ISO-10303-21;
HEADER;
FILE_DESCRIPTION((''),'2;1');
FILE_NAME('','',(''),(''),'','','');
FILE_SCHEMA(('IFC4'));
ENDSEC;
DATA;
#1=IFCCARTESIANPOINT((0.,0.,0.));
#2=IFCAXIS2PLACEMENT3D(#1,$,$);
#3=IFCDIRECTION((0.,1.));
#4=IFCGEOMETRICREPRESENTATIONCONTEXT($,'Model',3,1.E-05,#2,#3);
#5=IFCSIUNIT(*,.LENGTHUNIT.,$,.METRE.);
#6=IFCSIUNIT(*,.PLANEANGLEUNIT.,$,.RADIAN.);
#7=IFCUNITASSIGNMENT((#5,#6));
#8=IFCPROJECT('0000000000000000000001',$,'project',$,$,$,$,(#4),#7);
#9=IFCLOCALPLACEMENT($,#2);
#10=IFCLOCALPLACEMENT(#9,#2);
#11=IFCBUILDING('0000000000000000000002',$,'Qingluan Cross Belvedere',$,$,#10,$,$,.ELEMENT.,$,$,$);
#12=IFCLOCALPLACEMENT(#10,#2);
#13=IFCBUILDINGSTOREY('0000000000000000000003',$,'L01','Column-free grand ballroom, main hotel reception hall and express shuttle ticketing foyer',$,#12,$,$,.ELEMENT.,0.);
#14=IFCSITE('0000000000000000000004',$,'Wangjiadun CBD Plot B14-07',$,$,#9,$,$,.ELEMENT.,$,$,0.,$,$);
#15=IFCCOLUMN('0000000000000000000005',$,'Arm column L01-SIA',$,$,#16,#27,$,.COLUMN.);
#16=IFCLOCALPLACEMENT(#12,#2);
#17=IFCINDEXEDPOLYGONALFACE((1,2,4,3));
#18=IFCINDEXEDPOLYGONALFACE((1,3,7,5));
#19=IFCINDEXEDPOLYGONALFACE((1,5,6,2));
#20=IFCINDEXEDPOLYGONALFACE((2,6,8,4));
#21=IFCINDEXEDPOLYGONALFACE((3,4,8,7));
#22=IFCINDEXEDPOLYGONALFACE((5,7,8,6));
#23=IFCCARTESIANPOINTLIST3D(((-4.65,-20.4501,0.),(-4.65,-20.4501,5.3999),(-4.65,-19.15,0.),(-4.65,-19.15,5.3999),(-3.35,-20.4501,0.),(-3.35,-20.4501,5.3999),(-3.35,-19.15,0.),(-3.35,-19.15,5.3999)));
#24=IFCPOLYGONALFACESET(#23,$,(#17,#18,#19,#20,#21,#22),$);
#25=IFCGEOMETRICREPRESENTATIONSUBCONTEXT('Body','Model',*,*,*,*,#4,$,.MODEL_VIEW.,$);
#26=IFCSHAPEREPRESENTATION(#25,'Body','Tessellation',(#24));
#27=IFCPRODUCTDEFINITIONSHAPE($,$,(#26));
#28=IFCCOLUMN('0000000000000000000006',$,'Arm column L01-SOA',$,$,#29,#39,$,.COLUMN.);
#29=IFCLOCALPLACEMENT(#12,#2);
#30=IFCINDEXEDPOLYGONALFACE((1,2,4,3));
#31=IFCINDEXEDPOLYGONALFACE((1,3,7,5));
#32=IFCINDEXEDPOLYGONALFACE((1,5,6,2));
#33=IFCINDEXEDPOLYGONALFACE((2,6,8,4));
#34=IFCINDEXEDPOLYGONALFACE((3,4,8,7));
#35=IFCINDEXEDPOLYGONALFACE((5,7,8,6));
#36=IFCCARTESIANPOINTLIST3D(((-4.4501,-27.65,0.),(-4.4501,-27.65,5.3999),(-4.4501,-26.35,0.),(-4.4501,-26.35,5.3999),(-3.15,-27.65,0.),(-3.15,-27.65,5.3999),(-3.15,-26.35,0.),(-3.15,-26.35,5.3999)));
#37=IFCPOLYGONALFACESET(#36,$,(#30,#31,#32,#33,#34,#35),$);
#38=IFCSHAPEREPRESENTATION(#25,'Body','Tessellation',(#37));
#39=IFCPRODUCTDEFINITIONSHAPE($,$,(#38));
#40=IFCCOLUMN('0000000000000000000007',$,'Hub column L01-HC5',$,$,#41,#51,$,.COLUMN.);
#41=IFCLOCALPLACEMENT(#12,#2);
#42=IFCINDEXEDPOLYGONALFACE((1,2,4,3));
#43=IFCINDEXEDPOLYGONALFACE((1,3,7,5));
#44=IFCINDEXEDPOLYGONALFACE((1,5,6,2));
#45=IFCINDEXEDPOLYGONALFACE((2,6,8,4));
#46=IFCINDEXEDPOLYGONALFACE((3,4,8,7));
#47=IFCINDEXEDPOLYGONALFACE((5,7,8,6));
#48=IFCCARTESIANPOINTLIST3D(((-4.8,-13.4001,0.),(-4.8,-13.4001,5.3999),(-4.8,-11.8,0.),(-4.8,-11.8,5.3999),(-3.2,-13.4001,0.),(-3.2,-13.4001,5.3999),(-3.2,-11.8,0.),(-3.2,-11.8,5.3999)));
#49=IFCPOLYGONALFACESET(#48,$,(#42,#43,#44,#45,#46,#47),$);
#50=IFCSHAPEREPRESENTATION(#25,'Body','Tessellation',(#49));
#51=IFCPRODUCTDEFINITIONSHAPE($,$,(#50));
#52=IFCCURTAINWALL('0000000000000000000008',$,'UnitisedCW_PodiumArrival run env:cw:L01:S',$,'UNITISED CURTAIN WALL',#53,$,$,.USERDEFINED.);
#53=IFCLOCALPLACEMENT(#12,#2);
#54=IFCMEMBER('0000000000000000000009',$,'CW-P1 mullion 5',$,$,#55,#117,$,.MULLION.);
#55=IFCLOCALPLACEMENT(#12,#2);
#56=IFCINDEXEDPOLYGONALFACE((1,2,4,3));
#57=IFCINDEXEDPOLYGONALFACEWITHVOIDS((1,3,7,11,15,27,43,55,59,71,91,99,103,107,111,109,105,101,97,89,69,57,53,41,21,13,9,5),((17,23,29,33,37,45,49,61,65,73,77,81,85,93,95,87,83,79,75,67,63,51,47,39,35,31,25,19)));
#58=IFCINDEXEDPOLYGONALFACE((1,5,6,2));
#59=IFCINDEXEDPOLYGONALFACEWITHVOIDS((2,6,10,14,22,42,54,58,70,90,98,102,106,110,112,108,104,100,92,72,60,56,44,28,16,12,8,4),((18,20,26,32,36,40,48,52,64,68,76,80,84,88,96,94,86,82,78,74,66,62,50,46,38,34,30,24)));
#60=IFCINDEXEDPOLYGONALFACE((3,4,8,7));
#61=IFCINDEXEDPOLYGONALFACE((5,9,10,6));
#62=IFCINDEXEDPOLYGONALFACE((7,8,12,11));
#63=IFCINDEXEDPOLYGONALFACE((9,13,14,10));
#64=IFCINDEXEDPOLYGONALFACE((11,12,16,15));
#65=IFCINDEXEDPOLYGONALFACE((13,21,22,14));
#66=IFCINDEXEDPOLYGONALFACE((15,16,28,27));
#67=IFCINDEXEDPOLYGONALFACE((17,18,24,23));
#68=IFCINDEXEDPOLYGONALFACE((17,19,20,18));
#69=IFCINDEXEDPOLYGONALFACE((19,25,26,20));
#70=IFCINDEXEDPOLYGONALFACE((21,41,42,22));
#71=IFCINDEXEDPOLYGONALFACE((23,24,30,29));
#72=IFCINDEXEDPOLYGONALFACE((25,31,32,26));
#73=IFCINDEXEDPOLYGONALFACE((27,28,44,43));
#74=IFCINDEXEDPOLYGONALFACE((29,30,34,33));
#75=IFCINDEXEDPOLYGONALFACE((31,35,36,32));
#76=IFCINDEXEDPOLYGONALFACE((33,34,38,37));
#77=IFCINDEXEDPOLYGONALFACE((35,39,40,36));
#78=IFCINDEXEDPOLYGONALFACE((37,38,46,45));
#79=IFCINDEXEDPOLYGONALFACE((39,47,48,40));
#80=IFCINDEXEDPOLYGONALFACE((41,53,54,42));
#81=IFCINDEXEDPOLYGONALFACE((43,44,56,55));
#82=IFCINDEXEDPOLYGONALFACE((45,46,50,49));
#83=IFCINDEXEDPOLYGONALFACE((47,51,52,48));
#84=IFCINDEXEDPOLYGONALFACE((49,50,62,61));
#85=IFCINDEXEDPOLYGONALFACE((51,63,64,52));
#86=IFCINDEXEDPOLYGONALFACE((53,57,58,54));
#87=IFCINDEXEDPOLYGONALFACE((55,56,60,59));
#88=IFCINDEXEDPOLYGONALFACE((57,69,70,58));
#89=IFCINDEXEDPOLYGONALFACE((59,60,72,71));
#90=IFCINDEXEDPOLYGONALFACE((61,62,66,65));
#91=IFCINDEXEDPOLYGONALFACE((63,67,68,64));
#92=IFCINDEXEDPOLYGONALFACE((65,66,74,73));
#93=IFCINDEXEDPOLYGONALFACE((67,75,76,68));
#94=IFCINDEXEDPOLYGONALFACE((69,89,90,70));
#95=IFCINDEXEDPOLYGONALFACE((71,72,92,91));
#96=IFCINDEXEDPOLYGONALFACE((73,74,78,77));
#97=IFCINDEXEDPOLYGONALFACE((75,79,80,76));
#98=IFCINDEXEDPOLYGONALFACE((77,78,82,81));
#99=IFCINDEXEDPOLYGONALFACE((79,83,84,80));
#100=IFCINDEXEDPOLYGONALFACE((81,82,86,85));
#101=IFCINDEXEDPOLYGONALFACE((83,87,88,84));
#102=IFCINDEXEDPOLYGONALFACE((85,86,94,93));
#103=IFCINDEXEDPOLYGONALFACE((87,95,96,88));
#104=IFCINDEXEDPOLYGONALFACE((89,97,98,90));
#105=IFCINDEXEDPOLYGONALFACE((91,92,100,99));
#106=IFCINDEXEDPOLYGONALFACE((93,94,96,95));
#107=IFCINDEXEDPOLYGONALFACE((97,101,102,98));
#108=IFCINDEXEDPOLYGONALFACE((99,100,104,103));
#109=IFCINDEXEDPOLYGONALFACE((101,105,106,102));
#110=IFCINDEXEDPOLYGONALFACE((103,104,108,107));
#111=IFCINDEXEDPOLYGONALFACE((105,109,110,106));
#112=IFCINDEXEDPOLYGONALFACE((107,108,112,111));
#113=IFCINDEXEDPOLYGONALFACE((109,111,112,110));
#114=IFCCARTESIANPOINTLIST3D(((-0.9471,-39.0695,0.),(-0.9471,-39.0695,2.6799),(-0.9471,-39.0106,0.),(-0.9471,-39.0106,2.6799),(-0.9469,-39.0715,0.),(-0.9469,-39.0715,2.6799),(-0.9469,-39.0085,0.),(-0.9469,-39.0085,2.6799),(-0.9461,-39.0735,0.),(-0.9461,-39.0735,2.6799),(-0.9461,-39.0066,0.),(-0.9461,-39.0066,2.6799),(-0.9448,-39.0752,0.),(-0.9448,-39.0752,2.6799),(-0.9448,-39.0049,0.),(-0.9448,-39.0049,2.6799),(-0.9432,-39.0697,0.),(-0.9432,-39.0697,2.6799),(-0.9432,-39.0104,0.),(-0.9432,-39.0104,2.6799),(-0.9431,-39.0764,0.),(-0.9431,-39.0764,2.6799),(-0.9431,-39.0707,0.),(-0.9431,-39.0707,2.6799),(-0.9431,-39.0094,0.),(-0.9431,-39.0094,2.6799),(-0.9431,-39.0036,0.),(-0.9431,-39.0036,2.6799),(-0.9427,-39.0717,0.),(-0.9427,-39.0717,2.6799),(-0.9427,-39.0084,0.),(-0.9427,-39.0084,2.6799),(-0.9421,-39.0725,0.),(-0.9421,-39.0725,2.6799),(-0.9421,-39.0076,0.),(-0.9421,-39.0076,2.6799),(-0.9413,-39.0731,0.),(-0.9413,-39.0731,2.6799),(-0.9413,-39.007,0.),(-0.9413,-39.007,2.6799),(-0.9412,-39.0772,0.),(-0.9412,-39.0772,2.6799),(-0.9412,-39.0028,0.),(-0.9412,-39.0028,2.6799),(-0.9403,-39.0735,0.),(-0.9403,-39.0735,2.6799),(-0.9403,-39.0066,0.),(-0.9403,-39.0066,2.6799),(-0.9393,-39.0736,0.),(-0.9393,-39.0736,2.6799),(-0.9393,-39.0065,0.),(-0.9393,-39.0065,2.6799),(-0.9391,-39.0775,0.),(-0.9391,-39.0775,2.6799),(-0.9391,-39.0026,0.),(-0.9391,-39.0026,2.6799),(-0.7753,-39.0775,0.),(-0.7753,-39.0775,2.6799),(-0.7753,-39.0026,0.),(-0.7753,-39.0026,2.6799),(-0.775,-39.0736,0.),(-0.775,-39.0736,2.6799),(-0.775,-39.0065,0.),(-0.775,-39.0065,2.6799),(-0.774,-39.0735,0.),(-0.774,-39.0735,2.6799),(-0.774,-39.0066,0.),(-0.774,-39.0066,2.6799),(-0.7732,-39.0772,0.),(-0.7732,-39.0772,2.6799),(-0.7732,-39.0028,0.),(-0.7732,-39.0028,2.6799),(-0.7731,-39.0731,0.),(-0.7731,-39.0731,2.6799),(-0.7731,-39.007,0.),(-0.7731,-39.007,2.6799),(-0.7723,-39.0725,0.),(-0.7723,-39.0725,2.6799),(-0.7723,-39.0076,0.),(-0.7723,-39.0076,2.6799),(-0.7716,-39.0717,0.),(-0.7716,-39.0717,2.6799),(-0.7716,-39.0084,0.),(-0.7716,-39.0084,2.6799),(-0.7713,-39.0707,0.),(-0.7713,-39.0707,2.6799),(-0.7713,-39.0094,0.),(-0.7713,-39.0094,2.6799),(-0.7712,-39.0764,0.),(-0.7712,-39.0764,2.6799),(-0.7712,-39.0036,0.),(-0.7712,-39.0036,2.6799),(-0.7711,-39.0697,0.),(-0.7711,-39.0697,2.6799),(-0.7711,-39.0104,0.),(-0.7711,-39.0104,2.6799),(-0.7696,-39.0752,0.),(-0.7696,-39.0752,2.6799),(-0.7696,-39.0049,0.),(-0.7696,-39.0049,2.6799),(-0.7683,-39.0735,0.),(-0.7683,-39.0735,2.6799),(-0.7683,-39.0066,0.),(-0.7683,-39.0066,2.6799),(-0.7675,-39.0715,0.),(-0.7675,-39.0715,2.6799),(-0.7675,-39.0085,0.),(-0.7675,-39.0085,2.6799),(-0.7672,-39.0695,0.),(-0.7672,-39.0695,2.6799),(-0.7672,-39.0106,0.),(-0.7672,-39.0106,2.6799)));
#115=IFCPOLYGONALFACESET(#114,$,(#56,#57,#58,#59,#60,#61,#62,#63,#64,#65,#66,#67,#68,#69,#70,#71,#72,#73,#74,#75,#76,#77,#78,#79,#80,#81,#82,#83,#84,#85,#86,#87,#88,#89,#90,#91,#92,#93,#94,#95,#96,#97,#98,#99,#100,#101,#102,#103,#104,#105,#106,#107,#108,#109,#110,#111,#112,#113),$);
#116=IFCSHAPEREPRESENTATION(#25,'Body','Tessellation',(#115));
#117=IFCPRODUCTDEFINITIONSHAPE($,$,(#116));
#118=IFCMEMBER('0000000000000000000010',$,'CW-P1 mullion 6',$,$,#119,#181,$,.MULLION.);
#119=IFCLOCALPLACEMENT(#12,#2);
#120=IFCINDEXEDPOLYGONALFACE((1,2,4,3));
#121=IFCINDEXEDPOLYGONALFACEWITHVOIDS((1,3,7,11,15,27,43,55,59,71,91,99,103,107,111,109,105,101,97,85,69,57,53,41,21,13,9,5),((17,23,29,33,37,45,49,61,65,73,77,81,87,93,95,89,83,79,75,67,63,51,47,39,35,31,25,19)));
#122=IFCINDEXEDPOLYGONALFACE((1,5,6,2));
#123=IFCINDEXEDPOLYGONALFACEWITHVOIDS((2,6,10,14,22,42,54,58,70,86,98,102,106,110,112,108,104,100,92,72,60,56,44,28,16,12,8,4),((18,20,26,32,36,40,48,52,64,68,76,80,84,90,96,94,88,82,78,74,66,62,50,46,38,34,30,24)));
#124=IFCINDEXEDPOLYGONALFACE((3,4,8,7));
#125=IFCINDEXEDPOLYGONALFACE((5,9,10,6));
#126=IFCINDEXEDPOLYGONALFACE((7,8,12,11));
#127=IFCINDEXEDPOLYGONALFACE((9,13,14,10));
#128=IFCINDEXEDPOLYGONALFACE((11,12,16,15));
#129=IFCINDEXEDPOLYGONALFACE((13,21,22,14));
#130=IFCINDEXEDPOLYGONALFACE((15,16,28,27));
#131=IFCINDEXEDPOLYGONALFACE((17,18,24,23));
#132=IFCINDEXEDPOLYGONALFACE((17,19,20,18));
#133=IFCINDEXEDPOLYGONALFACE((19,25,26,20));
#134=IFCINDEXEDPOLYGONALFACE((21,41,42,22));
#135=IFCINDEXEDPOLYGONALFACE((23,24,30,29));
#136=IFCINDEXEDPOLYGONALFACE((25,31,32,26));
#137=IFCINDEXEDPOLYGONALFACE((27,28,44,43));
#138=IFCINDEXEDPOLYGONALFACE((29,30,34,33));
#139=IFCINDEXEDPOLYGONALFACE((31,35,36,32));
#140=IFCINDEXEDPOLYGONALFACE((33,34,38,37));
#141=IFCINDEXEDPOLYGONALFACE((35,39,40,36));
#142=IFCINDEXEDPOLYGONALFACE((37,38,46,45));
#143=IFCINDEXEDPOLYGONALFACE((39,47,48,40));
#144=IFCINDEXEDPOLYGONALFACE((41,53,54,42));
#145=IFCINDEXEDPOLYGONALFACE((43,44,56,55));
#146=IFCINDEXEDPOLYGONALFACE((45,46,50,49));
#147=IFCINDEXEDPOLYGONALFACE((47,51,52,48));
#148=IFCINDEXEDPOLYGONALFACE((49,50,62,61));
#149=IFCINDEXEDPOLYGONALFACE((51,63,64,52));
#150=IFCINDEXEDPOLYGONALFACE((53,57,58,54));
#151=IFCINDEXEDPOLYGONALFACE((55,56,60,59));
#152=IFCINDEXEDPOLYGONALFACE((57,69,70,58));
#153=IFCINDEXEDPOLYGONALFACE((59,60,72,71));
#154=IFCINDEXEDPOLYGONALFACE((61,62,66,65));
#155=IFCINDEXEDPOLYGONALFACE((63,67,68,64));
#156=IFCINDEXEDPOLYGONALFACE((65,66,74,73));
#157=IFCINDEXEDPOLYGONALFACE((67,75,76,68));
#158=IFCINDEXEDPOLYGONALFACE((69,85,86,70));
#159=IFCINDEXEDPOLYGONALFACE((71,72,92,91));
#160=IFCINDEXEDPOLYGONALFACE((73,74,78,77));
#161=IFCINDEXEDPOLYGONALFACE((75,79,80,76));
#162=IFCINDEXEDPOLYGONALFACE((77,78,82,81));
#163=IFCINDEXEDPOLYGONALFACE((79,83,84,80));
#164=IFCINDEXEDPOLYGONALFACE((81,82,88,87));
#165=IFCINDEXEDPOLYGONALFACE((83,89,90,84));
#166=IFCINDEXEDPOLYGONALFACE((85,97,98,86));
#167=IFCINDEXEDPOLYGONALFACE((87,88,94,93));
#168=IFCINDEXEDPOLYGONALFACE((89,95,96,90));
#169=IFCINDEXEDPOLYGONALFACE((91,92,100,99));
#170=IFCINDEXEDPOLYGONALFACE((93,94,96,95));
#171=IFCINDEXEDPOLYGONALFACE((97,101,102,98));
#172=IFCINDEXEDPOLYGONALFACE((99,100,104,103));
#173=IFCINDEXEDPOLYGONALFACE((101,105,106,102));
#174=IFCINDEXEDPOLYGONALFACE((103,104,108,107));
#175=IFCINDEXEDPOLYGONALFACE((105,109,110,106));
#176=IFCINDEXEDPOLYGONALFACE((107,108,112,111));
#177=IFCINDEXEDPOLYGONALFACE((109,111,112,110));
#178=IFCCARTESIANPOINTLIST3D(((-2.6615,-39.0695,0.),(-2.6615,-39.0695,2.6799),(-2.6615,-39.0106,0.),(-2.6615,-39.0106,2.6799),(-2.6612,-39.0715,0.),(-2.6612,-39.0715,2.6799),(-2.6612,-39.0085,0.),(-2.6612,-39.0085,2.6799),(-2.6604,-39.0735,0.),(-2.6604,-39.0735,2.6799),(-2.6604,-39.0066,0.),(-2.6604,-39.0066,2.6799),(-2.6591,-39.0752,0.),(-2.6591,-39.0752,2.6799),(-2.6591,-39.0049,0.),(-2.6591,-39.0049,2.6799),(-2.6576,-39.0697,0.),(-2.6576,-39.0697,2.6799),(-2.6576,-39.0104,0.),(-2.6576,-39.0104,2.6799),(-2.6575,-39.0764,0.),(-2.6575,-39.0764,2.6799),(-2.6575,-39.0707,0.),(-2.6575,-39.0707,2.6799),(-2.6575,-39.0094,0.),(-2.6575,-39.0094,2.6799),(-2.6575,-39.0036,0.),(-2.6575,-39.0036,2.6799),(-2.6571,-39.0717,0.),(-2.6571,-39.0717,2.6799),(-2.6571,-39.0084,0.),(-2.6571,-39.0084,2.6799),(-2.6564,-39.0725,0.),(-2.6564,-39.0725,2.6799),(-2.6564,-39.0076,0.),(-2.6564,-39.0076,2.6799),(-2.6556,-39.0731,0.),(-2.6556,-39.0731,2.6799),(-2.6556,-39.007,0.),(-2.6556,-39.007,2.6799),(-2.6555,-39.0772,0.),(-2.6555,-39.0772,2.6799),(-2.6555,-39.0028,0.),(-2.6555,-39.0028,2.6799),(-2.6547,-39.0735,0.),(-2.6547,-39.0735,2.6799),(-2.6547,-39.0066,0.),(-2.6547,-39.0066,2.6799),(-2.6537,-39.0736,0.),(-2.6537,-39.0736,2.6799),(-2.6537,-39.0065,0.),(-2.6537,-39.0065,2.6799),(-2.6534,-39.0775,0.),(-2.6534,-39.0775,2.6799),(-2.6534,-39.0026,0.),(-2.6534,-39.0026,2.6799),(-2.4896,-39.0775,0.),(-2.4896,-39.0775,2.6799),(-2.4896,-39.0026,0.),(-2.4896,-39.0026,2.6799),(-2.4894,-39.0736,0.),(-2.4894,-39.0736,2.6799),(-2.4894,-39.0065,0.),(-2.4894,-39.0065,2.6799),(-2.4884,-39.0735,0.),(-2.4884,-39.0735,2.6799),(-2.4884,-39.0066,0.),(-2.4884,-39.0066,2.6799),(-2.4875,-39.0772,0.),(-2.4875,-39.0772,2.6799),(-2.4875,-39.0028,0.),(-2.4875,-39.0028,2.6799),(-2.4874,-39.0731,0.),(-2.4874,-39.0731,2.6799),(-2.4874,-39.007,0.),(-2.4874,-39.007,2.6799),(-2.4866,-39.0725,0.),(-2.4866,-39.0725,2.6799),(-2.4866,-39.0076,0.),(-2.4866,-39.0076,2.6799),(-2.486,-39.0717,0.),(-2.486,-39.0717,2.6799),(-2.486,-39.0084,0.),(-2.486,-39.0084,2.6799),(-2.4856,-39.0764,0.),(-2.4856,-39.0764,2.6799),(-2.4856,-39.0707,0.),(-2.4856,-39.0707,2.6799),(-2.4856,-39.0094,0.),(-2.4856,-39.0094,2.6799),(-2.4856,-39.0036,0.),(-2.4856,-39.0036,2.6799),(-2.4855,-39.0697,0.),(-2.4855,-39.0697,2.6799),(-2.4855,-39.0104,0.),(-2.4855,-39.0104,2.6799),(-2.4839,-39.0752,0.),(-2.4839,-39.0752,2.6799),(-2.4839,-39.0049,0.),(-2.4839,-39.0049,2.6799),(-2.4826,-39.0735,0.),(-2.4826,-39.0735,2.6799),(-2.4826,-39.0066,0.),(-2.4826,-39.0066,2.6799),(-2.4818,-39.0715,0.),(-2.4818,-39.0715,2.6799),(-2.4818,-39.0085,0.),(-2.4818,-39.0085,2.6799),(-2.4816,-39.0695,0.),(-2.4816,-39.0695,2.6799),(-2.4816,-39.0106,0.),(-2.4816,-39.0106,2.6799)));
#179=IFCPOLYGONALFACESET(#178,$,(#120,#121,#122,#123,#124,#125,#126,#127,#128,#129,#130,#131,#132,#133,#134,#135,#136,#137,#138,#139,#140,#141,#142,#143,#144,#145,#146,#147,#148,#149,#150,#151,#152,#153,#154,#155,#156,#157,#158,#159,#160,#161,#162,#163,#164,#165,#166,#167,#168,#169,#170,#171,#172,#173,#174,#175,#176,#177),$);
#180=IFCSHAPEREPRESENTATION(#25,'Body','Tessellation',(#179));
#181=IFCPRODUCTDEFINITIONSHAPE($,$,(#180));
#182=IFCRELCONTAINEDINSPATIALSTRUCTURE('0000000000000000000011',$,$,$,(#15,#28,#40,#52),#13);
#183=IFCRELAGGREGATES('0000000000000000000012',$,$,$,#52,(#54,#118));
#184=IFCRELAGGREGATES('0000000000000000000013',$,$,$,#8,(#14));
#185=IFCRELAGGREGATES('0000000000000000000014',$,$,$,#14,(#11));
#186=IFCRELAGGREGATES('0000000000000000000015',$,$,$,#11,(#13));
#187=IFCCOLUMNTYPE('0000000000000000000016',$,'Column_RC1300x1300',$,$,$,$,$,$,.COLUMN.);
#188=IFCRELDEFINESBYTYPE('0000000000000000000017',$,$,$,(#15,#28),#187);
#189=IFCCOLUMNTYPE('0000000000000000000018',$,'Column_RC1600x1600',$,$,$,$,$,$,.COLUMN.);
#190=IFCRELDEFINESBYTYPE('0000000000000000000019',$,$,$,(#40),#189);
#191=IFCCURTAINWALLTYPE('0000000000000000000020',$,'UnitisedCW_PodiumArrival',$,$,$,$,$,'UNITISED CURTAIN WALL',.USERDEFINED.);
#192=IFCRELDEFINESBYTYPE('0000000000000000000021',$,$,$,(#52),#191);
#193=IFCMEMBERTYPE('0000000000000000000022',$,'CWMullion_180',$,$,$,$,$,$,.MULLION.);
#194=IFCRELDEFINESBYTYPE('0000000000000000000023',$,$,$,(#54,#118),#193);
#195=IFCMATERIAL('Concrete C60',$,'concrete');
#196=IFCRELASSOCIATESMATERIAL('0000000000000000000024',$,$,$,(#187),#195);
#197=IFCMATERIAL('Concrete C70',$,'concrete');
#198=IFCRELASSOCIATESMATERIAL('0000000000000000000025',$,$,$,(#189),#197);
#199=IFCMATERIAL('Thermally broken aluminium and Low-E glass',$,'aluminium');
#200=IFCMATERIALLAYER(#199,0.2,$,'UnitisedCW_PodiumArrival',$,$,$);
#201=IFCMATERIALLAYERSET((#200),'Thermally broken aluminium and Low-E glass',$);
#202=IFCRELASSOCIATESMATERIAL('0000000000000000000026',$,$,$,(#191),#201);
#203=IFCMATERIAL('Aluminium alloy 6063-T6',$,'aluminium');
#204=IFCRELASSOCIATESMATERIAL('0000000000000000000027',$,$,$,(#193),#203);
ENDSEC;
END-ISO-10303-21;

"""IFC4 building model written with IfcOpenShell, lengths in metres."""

from ifc_helpers import new_model, si_unit, direction, frame, origin, origin_2d, place, context, subcontext, project, spatial, rectangle, hollow_rectangle, extrude, material, layer, layer_set, material_profile, profile_set, type_object, element, aggregate, save


model = new_model("IFC4")

# Units and contexts
model_context = context("Model", 3, precision=1e-05, world=origin(), true_north=direction((0.0, 1.0)))
body_context = subcontext(model_context, "Body", "Model", "MODEL_VIEW")
ifc_project = project(units=[si_unit("LENGTHUNIT", "METRE"), si_unit("PLANEANGLEUNIT", "RADIAN")], contexts=[model_context])

# Site, building, storey
site_placement = place(None, origin())
site = spatial("IfcSite", under=ifc_project, at=site_placement, Name="Wangjiadun CBD Plot B14-07", CompositionType="ELEMENT", RefElevation=0.0)
building_placement = place(site_placement, origin())
building = spatial("IfcBuilding", under=site, at=building_placement, Name="Qingluan Cross Belvedere", CompositionType="ELEMENT")
storey_placement = place(building_placement, origin())
storey = spatial("IfcBuildingStorey", under=building, at=storey_placement, Name="L01", Description="Column-free grand ballroom, main hotel reception hall and express shuttle ticketing foyer", CompositionType="ELEMENT", Elevation=0.0)

# Columns
ifc_material_1 = material(Name="Concrete C60", Category="concrete")
ifc_material_profile_1 = material_profile(ifc_material_1, rectangle(XDim=1.3, YDim=1.3, at=origin_2d()), Name="RC1300x1300")
ifc_profile_set_1 = profile_set([ifc_material_profile_1], Name="Concrete C60")
column_type_1 = type_object("IfcColumnType", Name="Column_RC1300x1300", PredefinedType="COLUMN", material=ifc_profile_set_1)
for number, where, z_axis, x_axis, name in (
    (1, (-4.0, -19.8, 0.0), (0.0, 0.0, 1.0), (1.0, 0.0, 0.0), "Arm column L01-SIA"),
    (2, (-3.8, -27.0, 0.0), (0.0, 0.0, 1.0), (1.0, 0.0, 0.0), "Arm column L01-SOA"),
):
    element("IfcColumn", number, at=place(storey_placement, frame(where, z_axis=z_axis, x_axis=x_axis)), inside=storey, type_object=column_type_1, Name=name, PredefinedType="COLUMN", context=body_context, shape_type="SweptSolid", body=[
        extrude(rectangle(XDim=1.3, YDim=1.3, at=origin_2d()), origin(), (0.0, 0.0, 1.0), 5.3999),
    ])
ifc_material_2 = material(Name="Concrete C70", Category="concrete")
ifc_material_profile_2 = material_profile(ifc_material_2, rectangle(XDim=1.6001, YDim=1.6001, at=origin_2d()), Name="RC1600x1600")
ifc_profile_set_2 = profile_set([ifc_material_profile_2], Name="Concrete C70")
column_type_2 = type_object("IfcColumnType", Name="Column_RC1600x1600", PredefinedType="COLUMN", material=ifc_profile_set_2)
column_placement = place(storey_placement, frame((-4.0, -12.6001, 0.0), z_axis=(0.0, 0.0, 1.0), x_axis=(1.0, 0.0, 0.0)))
element("IfcColumn", 3, at=column_placement, inside=storey, type_object=column_type_2, Name="Hub column L01-HC5", PredefinedType="COLUMN", context=body_context, shape_type="SweptSolid", body=[
    extrude(rectangle(XDim=1.6001, YDim=1.6001, at=origin_2d()), origin(), (0.0, 0.0, 1.0), 5.3999),
])

# Curtain wall, members
ifc_material_3 = material(Name="Thermally broken aluminium and Low-E glass", Category="aluminium")
ifc_layer_1 = layer(ifc_material_3, 0.2, Name="UnitisedCW_PodiumArrival")
ifc_layer_set_1 = layer_set([ifc_layer_1], Name="Thermally broken aluminium and Low-E glass")
curtain_wall_type = type_object("IfcCurtainWallType", Name="UnitisedCW_PodiumArrival", ElementType="UNITISED CURTAIN WALL", PredefinedType="USERDEFINED", material=ifc_layer_set_1)
curtain_wall_placement = place(storey_placement, origin())
curtain_wall = element("IfcCurtainWall", 4, at=curtain_wall_placement, inside=storey, type_object=curtain_wall_type, Name="UnitisedCW_PodiumArrival run env:cw:L01:S", ObjectType="UNITISED CURTAIN WALL", PredefinedType="USERDEFINED")
ifc_material_4 = material(Name="Aluminium alloy 6063-T6", Category="aluminium")
ifc_material_profile_3 = material_profile(ifc_material_4, hollow_rectangle(XDim=0.075, YDim=0.1799, WallThickness=0.0039, InnerFilletRadius=0.0039, OuterFilletRadius=0.0081, at=origin_2d()), Name="CWM180x75x4")
ifc_profile_set_3 = profile_set([ifc_material_profile_3], Name="Aluminium alloy 6063-T6")
member_type_1 = type_object("IfcMemberType", Name="CWMullion_180", PredefinedType="MULLION", material=ifc_profile_set_3)
member_1_placement = place(storey_placement, frame((-0.8572, -39.04, 0.0), z_axis=(0.0, 0.0, 1.0), x_axis=(0.0, -1.0, 0.0)))
member_1 = element("IfcMember", 5, at=member_1_placement, type_object=member_type_1, Name="CW-P1 mullion 5", PredefinedType="MULLION", context=body_context, shape_type="SweptSolid", body=[
    extrude(hollow_rectangle(XDim=0.075, YDim=0.1799, WallThickness=0.0039, InnerFilletRadius=0.0039, OuterFilletRadius=0.0081, at=origin_2d()), origin(), (0.0, 0.0, 1.0), 2.6799),
])
member_2_placement = place(storey_placement, frame((-2.5715, -39.04, 0.0), z_axis=(0.0, 0.0, 1.0), x_axis=(0.0, -1.0, 0.0)))
member_2 = element("IfcMember", 6, at=member_2_placement, type_object=member_type_1, Name="CW-P1 mullion 6", PredefinedType="MULLION", context=body_context, shape_type="SweptSolid", body=[
    extrude(hollow_rectangle(XDim=0.075, YDim=0.1799, WallThickness=0.0039, InnerFilletRadius=0.0039, OuterFilletRadius=0.0081, at=origin_2d()), origin(), (0.0, 0.0, 1.0), 2.6799),
])

aggregate(curtain_wall, [member_1, member_2])

save(model, "model.ifc")
